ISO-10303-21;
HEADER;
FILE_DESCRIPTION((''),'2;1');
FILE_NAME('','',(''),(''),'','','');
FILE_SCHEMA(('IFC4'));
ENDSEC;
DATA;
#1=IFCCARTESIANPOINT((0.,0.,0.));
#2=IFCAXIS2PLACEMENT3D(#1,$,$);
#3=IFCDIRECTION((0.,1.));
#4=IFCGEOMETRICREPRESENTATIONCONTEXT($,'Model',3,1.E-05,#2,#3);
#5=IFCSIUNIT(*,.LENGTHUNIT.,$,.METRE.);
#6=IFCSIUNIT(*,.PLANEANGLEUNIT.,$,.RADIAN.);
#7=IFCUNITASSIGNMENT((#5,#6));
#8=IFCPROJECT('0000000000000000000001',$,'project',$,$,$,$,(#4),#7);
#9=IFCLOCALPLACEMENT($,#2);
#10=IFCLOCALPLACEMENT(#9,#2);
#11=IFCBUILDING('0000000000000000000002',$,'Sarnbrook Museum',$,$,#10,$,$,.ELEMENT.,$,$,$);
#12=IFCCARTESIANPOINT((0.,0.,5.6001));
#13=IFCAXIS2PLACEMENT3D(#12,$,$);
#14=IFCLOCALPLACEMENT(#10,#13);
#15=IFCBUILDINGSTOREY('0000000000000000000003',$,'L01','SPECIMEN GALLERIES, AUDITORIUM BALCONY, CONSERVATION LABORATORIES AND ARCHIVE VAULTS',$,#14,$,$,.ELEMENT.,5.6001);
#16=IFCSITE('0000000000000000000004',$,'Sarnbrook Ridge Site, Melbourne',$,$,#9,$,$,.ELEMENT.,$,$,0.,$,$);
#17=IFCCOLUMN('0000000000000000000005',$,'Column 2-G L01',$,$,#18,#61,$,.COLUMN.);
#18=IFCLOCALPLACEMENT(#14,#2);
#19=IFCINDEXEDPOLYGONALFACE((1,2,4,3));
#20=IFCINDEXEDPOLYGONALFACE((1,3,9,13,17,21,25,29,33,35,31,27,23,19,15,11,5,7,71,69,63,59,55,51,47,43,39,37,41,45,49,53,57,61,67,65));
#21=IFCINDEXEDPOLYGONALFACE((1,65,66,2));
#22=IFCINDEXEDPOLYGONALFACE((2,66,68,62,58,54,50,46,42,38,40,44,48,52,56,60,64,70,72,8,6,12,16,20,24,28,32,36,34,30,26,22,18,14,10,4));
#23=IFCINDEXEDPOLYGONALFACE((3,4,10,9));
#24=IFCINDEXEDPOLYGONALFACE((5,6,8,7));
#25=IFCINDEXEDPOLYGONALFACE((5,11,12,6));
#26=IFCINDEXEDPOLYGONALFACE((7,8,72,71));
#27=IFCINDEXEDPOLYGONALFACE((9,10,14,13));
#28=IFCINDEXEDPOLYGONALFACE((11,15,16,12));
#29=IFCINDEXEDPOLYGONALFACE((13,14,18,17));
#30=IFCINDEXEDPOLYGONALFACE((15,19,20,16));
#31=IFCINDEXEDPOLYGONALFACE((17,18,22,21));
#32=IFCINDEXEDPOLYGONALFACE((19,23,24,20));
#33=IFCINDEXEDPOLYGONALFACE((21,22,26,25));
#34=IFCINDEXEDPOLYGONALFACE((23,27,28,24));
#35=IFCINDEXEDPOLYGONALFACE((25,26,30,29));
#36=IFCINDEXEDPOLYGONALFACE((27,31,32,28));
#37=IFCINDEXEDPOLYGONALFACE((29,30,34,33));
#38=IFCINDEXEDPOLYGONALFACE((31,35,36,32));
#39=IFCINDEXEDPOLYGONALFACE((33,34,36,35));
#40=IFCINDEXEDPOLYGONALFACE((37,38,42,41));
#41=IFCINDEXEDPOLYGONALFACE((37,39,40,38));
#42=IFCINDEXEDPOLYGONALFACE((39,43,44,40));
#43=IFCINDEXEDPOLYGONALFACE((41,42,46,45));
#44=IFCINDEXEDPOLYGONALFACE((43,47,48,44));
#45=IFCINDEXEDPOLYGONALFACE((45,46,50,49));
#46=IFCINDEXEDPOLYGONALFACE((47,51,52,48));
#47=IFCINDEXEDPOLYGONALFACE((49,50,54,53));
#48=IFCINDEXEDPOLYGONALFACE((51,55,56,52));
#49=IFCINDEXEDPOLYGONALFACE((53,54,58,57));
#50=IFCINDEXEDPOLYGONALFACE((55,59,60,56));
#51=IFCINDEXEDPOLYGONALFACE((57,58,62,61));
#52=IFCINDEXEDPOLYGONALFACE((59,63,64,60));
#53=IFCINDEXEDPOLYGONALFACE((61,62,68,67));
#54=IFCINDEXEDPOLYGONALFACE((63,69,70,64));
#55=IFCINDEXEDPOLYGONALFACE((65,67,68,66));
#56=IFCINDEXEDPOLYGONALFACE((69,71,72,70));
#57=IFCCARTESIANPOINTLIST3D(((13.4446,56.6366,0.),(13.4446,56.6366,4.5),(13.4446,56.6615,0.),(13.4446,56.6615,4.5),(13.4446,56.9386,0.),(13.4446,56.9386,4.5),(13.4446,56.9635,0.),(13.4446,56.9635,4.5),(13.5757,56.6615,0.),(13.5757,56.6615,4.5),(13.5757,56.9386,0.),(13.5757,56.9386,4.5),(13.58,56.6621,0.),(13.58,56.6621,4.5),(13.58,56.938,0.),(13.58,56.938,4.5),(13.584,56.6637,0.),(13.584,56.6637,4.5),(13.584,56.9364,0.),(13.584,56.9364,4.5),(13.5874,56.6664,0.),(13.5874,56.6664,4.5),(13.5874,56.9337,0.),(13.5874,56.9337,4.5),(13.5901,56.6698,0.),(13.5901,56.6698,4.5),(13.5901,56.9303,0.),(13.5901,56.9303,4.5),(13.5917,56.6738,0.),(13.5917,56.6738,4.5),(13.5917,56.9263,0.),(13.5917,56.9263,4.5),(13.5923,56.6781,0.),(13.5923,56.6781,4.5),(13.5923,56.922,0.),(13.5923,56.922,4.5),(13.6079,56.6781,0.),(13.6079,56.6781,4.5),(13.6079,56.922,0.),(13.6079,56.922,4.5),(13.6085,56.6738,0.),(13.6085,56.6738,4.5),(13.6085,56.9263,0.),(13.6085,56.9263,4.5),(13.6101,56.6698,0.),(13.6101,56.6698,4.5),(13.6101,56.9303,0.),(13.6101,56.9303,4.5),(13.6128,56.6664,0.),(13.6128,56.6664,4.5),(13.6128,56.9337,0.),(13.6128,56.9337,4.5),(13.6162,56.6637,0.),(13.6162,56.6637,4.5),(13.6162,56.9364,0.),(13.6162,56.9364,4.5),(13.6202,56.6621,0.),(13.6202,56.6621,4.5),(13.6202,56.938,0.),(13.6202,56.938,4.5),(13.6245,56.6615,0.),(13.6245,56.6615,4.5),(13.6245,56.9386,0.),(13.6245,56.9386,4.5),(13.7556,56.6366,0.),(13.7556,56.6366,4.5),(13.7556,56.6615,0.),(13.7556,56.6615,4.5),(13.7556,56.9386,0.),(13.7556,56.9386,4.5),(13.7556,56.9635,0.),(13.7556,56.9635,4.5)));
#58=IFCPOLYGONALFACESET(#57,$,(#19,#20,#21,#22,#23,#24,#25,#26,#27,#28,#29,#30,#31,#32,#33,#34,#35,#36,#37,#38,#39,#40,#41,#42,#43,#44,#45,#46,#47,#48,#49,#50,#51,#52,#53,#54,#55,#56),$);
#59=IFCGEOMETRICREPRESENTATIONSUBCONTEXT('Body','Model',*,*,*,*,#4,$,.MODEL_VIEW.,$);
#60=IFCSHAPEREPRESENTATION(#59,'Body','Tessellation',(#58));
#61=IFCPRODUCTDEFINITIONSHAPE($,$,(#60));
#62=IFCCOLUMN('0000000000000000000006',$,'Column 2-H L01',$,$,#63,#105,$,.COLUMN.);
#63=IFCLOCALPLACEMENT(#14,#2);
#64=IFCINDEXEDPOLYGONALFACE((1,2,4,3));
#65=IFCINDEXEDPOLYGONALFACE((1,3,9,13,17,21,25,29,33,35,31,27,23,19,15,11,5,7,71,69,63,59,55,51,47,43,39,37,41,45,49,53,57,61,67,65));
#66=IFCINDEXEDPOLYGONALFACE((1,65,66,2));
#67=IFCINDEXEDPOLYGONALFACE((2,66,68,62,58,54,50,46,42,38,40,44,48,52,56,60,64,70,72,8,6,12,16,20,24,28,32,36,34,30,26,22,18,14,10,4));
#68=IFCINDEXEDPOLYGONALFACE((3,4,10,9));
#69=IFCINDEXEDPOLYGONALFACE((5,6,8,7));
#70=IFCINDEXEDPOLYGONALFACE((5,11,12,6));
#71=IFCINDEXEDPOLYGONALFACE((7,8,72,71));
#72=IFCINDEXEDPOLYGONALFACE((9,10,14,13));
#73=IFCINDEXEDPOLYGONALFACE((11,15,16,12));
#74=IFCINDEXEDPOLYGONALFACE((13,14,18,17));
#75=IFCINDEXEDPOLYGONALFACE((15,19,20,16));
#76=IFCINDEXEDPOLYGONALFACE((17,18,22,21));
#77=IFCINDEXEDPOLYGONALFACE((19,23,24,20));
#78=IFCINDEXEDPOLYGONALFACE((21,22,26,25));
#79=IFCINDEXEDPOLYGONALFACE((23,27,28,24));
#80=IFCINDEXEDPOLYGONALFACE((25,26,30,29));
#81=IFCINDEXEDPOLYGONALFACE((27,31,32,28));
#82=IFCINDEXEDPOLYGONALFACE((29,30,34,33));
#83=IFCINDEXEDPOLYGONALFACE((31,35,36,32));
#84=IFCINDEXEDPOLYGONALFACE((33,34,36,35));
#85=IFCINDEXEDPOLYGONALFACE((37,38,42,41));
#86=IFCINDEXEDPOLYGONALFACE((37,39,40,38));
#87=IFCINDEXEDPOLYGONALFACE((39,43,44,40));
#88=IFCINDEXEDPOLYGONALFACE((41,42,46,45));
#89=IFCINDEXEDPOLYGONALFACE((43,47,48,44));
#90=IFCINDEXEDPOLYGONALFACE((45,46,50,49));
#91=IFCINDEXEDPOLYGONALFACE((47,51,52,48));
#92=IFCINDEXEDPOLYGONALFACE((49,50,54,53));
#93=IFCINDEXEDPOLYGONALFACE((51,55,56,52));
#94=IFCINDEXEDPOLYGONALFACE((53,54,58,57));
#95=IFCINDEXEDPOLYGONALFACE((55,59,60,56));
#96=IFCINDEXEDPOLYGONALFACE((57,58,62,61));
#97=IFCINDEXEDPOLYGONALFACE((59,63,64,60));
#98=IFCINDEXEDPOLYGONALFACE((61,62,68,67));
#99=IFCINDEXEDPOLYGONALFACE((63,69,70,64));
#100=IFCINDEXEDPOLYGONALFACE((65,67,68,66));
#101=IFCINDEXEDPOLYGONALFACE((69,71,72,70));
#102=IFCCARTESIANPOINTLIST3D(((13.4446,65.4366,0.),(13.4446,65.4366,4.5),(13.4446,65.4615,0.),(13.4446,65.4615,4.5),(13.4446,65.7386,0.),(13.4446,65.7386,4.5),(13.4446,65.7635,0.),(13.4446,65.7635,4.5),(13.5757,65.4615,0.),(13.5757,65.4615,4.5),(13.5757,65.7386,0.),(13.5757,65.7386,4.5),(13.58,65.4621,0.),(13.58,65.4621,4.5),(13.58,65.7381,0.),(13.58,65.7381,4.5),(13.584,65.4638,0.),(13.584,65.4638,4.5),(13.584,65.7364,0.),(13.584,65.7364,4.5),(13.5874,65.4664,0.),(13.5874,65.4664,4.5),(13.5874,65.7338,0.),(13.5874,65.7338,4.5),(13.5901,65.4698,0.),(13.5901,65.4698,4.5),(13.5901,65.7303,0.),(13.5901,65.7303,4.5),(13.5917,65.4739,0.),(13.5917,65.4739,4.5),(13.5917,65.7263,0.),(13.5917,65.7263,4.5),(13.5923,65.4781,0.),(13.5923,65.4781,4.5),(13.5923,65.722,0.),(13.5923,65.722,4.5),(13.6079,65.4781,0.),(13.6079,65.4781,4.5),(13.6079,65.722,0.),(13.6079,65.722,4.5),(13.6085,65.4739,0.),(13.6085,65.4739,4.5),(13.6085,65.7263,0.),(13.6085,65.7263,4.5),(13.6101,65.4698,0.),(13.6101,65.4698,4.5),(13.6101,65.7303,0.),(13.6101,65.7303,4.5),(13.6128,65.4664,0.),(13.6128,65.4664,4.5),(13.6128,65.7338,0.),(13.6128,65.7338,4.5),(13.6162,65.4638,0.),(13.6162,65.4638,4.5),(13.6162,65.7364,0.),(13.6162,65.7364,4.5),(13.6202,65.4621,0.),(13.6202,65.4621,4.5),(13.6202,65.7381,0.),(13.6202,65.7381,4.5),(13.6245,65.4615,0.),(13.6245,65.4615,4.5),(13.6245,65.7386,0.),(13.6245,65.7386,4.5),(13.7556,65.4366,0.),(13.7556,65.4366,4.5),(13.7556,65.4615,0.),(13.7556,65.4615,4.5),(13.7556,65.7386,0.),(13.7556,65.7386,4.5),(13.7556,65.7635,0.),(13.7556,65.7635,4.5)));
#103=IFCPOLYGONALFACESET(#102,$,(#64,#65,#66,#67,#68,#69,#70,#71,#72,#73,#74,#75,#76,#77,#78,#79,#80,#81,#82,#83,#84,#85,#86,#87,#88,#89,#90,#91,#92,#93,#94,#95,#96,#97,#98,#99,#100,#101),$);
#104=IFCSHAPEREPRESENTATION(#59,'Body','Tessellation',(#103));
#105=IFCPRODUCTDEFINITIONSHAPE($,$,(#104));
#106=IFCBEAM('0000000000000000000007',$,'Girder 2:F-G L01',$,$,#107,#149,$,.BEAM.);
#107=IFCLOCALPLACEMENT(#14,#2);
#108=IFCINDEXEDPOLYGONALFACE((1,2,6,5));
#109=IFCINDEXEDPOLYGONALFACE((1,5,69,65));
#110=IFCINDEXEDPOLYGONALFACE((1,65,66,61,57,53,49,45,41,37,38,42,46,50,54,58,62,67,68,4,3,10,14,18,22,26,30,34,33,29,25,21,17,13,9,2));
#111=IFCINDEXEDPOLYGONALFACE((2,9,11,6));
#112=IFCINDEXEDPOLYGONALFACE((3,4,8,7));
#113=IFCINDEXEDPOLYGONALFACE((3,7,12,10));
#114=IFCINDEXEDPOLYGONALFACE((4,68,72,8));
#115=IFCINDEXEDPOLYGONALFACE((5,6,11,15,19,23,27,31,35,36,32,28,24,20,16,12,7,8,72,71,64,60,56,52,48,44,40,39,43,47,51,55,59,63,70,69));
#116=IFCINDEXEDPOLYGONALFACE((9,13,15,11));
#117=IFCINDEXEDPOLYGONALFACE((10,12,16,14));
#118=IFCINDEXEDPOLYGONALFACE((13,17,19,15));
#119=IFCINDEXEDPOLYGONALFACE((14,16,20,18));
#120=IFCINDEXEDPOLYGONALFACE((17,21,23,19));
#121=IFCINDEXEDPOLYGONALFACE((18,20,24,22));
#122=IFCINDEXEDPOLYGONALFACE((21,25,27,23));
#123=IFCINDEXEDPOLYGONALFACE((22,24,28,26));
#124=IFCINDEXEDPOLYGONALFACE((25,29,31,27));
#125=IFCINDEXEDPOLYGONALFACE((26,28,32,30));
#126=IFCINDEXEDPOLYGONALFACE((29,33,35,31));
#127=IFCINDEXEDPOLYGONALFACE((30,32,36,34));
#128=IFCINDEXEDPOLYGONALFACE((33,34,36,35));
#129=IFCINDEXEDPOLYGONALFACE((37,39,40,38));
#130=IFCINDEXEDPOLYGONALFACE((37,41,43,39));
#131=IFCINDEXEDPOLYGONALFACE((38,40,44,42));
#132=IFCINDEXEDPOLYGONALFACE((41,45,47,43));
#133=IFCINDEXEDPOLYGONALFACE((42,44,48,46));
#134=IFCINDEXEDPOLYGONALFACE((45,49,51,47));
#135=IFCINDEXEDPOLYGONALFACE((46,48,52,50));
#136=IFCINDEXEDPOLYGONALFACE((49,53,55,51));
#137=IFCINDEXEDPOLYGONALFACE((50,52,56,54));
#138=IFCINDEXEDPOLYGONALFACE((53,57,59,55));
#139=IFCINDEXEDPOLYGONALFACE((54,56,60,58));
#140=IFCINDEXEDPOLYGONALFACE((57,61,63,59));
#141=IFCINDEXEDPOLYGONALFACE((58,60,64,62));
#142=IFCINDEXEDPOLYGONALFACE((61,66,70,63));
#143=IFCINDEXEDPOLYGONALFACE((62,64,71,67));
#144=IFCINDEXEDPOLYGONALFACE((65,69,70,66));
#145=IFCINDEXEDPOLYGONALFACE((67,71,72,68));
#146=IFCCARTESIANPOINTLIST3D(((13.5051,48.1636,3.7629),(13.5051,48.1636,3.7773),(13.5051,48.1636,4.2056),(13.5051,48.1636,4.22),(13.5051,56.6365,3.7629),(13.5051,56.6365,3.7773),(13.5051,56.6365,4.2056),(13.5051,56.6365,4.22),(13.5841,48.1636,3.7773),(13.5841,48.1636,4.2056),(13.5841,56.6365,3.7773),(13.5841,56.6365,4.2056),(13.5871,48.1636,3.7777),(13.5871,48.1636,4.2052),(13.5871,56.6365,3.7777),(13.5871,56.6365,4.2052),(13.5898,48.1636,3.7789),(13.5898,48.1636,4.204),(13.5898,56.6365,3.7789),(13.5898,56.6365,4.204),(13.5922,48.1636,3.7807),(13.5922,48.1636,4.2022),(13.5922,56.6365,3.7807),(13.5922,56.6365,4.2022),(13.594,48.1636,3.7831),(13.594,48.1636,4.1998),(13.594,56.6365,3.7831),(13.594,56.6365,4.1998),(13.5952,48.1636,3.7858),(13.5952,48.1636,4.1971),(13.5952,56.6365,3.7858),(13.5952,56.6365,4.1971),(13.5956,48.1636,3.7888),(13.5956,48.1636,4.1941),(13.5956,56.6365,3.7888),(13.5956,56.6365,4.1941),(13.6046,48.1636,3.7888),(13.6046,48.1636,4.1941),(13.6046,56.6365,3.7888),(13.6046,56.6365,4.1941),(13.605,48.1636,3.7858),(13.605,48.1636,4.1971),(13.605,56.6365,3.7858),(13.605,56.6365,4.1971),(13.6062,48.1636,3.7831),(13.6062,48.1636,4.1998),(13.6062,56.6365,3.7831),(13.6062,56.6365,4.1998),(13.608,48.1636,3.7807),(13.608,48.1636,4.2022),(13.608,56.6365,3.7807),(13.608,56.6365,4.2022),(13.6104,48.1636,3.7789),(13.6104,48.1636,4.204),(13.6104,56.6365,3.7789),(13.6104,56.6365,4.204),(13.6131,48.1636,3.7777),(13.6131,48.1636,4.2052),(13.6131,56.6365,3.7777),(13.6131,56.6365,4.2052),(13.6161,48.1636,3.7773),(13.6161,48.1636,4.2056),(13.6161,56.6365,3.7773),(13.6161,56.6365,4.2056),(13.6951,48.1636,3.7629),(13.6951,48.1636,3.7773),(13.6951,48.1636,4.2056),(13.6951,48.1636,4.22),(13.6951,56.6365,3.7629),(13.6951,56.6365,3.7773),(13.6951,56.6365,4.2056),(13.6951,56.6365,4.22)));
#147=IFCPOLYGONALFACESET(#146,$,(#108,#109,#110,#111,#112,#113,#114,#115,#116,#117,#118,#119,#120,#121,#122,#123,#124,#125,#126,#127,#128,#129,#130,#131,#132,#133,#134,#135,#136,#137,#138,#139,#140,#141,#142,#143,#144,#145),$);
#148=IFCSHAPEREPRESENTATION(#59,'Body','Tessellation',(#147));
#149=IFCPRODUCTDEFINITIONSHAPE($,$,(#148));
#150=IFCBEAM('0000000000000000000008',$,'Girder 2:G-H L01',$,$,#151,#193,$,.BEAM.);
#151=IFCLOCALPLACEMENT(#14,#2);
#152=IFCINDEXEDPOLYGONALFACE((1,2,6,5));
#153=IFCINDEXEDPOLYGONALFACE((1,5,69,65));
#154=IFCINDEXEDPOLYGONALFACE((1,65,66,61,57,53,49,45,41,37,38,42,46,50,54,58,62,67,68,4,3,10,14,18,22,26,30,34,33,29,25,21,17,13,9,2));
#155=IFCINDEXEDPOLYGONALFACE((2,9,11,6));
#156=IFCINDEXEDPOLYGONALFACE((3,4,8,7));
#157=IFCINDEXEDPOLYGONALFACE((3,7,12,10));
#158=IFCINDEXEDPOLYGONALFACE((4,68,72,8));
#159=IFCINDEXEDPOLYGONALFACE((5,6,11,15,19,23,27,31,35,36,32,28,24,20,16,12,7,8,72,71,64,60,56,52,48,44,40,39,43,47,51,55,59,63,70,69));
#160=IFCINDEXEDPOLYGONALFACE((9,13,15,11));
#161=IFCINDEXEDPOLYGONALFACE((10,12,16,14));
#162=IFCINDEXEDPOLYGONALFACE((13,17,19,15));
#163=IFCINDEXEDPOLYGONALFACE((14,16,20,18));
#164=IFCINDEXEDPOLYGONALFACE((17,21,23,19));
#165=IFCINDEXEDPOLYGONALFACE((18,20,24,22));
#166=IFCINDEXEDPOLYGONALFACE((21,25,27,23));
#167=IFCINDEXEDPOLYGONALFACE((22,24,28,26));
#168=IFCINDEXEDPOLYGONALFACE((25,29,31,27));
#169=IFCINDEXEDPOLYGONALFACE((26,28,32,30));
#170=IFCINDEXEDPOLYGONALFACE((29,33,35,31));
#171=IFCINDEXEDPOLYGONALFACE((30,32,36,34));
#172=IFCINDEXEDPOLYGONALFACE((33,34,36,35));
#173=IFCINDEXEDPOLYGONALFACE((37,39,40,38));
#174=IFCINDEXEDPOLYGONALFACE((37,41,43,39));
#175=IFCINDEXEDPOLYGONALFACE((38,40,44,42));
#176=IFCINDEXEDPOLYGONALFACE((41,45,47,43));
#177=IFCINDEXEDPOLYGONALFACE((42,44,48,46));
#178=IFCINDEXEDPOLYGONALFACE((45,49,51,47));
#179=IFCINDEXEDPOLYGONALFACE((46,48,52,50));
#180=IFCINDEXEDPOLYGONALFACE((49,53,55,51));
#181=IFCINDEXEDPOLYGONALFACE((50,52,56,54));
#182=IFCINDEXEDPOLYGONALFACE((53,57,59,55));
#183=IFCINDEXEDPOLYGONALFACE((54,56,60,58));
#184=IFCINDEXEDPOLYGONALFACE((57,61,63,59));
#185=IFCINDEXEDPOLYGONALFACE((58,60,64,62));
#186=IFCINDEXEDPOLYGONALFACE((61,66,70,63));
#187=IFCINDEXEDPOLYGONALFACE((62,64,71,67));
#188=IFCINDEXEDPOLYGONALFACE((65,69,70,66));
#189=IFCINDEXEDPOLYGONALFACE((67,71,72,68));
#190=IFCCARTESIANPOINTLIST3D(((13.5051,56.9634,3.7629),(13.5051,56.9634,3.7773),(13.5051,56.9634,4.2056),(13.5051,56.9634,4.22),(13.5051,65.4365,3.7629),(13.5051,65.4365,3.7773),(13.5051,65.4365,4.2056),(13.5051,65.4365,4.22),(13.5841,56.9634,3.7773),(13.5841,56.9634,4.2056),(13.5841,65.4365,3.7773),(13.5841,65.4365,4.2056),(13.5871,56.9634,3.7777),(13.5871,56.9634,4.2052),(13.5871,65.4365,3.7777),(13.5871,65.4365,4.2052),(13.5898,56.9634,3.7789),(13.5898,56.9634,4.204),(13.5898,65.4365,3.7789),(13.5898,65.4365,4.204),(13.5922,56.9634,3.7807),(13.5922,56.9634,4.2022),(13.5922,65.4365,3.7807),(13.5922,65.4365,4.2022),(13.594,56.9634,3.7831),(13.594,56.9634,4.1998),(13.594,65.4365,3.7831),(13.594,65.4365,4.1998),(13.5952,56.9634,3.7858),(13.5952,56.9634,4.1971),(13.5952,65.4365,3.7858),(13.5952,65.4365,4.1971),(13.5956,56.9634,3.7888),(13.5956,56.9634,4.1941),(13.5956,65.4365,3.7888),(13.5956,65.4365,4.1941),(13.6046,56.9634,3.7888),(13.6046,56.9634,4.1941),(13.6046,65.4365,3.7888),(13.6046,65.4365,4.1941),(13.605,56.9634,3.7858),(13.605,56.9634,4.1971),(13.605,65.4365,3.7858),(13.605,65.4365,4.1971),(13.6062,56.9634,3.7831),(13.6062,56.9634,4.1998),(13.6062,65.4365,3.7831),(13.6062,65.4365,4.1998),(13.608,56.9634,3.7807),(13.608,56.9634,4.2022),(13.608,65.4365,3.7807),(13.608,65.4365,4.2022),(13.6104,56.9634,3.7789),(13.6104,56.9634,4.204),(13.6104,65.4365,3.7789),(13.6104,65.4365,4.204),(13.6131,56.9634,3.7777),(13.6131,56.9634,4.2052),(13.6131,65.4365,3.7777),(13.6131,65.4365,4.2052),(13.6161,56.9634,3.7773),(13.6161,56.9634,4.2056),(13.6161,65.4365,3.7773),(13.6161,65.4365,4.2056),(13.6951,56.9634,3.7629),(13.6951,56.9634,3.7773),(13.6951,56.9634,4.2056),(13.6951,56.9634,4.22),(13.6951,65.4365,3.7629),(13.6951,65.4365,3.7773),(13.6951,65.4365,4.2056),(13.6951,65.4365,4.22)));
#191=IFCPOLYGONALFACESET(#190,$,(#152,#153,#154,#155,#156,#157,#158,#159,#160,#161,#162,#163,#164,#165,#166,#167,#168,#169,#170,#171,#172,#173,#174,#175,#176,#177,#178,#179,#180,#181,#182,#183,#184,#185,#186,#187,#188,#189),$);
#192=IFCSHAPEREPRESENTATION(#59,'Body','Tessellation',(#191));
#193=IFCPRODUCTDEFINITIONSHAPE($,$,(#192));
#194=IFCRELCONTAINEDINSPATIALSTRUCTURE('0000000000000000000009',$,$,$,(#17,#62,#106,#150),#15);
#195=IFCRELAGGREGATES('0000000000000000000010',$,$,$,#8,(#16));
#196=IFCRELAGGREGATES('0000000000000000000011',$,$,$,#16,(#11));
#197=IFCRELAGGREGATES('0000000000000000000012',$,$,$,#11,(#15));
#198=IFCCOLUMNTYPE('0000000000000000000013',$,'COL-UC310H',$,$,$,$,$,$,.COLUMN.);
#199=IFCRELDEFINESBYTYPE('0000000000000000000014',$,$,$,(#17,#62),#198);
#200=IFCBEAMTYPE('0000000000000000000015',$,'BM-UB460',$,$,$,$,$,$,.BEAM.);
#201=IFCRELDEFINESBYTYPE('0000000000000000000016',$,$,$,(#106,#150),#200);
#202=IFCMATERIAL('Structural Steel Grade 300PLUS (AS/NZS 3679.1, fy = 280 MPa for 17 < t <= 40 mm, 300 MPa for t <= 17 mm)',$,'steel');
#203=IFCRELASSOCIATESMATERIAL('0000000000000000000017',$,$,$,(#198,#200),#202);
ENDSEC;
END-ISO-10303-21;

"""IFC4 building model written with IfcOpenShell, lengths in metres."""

from ifc_helpers import new_model, si_unit, direction, frame, origin, origin_2d, place, context, subcontext, project, spatial, i_section, extrude, material, material_profile, profile_set, type_object, element, save


model = new_model("IFC4")

# Units and contexts
model_context = context("Model", 3, precision=1e-05, world=origin(), true_north=direction((0.0, 1.0)))
body_context = subcontext(model_context, "Body", "Model", "MODEL_VIEW")
ifc_project = project(units=[si_unit("LENGTHUNIT", "METRE"), si_unit("PLANEANGLEUNIT", "RADIAN")], contexts=[model_context])

# Site, building, storey
site_placement = place(None, origin())
site = spatial("IfcSite", under=ifc_project, at=site_placement, Name="Sarnbrook Ridge Site, Melbourne", CompositionType="ELEMENT", RefElevation=0.0)
building_placement = place(site_placement, origin())
building = spatial("IfcBuilding", under=site, at=building_placement, Name="Sarnbrook Museum", CompositionType="ELEMENT")
storey_placement = place(building_placement, frame((0.0, 0.0, 5.6001)))
storey = spatial("IfcBuildingStorey", under=building, at=storey_placement, Name="L01", Description="SPECIMEN GALLERIES, AUDITORIUM BALCONY, CONSERVATION LABORATORIES AND ARCHIVE VAULTS", CompositionType="ELEMENT", Elevation=5.6001)

# Columns
ifc_material_1 = material(Name="Structural Steel Grade 300PLUS (AS/NZS 3679.1, fy = 280 MPa for 17 < t <= 40 mm, 300 MPa for t <= 17 mm)", Category="steel")
ifc_material_profile_1 = material_profile(ifc_material_1, i_section(OverallWidth=0.311, OverallDepth=0.3269, WebThickness=0.0156, FlangeThickness=0.0249, FilletRadius=0.0166, at=origin_2d()), Name="310UC158")
ifc_profile_set_1 = profile_set([ifc_material_profile_1], Name="Structural Steel Grade 300PLUS (AS/NZS 3679.1, fy = 280 MPa for 17 < t <= 40 mm, 300 MPa for t <= 17 mm)")
column_type = type_object("IfcColumnType", Name="COL-UC310H", PredefinedType="COLUMN", material=ifc_profile_set_1)
for number, where, z_axis, x_axis, name in (
    (1, (13.6001, 56.8, 0.0), (0.0, 0.0, 1.0), (1.0, 0.0, 0.0), "Column 2-G L01"),
    (2, (13.6001, 65.6001, 0.0), (0.0, 0.0, 1.0), (1.0, 0.0, 0.0), "Column 2-H L01"),
):
    element("IfcColumn", number, at=place(storey_placement, frame(where, z_axis=z_axis, x_axis=x_axis)), inside=storey, type_object=column_type, Name=name, PredefinedType="COLUMN", context=body_context, shape_type="SweptSolid", body=[
        extrude(i_section(OverallWidth=0.311, OverallDepth=0.3269, WebThickness=0.0156, FlangeThickness=0.0249, FilletRadius=0.0166, at=origin_2d()), origin(), (0.0, 0.0, 1.0), 4.5),
    ])

# Beams
ifc_material_profile_2 = material_profile(ifc_material_1, i_section(OverallWidth=0.1899, OverallDepth=0.457, WebThickness=0.009, FlangeThickness=0.0144, FilletRadius=0.0115, at=origin_2d()), Name="460UB74.6")
ifc_profile_set_2 = profile_set([ifc_material_profile_2], Name="Structural Steel Grade 300PLUS (AS/NZS 3679.1, fy = 280 MPa for 17 < t <= 40 mm, 300 MPa for t <= 17 mm)")
beam_type_1 = type_object("IfcBeamType", Name="BM-UB460", PredefinedType="BEAM", material=ifc_profile_set_2)
beam_placement = place(storey_placement, frame((13.6001, 48.1636, 3.9915), z_axis=(0.0, 1.0, 0.0), x_axis=(-1.0, 0.0, 0.0)))
element("IfcBeam", 3, at=beam_placement, inside=storey, type_object=beam_type_1, Name="Girder 2:F-G L01", PredefinedType="BEAM", context=body_context, shape_type="SweptSolid", body=[
    extrude(i_section(OverallWidth=0.1899, OverallDepth=0.457, WebThickness=0.009, FlangeThickness=0.0144, FilletRadius=0.0115, at=origin_2d()), origin(), (0.0, 0.0, 1.0), 8.4729),
])
for number, where, z_axis, x_axis, name in (
    (4, (13.6001, 56.9634, 3.9915), (0.0, 1.0, 0.0), (-1.0, 0.0, 0.0), "Girder 2:G-H L01"),
):
    element("IfcBeam", number, at=place(storey_placement, frame(where, z_axis=z_axis, x_axis=x_axis)), inside=storey, type_object=beam_type_1, Name=name, PredefinedType="BEAM", context=body_context, shape_type="SweptSolid", body=[
        extrude(i_section(OverallWidth=0.1899, OverallDepth=0.457, WebThickness=0.009, FlangeThickness=0.0144, FilletRadius=0.0115, at=origin_2d()), origin(), (0.0, 0.0, 1.0), 8.4731),
    ])

save(model, "model.ifc")
